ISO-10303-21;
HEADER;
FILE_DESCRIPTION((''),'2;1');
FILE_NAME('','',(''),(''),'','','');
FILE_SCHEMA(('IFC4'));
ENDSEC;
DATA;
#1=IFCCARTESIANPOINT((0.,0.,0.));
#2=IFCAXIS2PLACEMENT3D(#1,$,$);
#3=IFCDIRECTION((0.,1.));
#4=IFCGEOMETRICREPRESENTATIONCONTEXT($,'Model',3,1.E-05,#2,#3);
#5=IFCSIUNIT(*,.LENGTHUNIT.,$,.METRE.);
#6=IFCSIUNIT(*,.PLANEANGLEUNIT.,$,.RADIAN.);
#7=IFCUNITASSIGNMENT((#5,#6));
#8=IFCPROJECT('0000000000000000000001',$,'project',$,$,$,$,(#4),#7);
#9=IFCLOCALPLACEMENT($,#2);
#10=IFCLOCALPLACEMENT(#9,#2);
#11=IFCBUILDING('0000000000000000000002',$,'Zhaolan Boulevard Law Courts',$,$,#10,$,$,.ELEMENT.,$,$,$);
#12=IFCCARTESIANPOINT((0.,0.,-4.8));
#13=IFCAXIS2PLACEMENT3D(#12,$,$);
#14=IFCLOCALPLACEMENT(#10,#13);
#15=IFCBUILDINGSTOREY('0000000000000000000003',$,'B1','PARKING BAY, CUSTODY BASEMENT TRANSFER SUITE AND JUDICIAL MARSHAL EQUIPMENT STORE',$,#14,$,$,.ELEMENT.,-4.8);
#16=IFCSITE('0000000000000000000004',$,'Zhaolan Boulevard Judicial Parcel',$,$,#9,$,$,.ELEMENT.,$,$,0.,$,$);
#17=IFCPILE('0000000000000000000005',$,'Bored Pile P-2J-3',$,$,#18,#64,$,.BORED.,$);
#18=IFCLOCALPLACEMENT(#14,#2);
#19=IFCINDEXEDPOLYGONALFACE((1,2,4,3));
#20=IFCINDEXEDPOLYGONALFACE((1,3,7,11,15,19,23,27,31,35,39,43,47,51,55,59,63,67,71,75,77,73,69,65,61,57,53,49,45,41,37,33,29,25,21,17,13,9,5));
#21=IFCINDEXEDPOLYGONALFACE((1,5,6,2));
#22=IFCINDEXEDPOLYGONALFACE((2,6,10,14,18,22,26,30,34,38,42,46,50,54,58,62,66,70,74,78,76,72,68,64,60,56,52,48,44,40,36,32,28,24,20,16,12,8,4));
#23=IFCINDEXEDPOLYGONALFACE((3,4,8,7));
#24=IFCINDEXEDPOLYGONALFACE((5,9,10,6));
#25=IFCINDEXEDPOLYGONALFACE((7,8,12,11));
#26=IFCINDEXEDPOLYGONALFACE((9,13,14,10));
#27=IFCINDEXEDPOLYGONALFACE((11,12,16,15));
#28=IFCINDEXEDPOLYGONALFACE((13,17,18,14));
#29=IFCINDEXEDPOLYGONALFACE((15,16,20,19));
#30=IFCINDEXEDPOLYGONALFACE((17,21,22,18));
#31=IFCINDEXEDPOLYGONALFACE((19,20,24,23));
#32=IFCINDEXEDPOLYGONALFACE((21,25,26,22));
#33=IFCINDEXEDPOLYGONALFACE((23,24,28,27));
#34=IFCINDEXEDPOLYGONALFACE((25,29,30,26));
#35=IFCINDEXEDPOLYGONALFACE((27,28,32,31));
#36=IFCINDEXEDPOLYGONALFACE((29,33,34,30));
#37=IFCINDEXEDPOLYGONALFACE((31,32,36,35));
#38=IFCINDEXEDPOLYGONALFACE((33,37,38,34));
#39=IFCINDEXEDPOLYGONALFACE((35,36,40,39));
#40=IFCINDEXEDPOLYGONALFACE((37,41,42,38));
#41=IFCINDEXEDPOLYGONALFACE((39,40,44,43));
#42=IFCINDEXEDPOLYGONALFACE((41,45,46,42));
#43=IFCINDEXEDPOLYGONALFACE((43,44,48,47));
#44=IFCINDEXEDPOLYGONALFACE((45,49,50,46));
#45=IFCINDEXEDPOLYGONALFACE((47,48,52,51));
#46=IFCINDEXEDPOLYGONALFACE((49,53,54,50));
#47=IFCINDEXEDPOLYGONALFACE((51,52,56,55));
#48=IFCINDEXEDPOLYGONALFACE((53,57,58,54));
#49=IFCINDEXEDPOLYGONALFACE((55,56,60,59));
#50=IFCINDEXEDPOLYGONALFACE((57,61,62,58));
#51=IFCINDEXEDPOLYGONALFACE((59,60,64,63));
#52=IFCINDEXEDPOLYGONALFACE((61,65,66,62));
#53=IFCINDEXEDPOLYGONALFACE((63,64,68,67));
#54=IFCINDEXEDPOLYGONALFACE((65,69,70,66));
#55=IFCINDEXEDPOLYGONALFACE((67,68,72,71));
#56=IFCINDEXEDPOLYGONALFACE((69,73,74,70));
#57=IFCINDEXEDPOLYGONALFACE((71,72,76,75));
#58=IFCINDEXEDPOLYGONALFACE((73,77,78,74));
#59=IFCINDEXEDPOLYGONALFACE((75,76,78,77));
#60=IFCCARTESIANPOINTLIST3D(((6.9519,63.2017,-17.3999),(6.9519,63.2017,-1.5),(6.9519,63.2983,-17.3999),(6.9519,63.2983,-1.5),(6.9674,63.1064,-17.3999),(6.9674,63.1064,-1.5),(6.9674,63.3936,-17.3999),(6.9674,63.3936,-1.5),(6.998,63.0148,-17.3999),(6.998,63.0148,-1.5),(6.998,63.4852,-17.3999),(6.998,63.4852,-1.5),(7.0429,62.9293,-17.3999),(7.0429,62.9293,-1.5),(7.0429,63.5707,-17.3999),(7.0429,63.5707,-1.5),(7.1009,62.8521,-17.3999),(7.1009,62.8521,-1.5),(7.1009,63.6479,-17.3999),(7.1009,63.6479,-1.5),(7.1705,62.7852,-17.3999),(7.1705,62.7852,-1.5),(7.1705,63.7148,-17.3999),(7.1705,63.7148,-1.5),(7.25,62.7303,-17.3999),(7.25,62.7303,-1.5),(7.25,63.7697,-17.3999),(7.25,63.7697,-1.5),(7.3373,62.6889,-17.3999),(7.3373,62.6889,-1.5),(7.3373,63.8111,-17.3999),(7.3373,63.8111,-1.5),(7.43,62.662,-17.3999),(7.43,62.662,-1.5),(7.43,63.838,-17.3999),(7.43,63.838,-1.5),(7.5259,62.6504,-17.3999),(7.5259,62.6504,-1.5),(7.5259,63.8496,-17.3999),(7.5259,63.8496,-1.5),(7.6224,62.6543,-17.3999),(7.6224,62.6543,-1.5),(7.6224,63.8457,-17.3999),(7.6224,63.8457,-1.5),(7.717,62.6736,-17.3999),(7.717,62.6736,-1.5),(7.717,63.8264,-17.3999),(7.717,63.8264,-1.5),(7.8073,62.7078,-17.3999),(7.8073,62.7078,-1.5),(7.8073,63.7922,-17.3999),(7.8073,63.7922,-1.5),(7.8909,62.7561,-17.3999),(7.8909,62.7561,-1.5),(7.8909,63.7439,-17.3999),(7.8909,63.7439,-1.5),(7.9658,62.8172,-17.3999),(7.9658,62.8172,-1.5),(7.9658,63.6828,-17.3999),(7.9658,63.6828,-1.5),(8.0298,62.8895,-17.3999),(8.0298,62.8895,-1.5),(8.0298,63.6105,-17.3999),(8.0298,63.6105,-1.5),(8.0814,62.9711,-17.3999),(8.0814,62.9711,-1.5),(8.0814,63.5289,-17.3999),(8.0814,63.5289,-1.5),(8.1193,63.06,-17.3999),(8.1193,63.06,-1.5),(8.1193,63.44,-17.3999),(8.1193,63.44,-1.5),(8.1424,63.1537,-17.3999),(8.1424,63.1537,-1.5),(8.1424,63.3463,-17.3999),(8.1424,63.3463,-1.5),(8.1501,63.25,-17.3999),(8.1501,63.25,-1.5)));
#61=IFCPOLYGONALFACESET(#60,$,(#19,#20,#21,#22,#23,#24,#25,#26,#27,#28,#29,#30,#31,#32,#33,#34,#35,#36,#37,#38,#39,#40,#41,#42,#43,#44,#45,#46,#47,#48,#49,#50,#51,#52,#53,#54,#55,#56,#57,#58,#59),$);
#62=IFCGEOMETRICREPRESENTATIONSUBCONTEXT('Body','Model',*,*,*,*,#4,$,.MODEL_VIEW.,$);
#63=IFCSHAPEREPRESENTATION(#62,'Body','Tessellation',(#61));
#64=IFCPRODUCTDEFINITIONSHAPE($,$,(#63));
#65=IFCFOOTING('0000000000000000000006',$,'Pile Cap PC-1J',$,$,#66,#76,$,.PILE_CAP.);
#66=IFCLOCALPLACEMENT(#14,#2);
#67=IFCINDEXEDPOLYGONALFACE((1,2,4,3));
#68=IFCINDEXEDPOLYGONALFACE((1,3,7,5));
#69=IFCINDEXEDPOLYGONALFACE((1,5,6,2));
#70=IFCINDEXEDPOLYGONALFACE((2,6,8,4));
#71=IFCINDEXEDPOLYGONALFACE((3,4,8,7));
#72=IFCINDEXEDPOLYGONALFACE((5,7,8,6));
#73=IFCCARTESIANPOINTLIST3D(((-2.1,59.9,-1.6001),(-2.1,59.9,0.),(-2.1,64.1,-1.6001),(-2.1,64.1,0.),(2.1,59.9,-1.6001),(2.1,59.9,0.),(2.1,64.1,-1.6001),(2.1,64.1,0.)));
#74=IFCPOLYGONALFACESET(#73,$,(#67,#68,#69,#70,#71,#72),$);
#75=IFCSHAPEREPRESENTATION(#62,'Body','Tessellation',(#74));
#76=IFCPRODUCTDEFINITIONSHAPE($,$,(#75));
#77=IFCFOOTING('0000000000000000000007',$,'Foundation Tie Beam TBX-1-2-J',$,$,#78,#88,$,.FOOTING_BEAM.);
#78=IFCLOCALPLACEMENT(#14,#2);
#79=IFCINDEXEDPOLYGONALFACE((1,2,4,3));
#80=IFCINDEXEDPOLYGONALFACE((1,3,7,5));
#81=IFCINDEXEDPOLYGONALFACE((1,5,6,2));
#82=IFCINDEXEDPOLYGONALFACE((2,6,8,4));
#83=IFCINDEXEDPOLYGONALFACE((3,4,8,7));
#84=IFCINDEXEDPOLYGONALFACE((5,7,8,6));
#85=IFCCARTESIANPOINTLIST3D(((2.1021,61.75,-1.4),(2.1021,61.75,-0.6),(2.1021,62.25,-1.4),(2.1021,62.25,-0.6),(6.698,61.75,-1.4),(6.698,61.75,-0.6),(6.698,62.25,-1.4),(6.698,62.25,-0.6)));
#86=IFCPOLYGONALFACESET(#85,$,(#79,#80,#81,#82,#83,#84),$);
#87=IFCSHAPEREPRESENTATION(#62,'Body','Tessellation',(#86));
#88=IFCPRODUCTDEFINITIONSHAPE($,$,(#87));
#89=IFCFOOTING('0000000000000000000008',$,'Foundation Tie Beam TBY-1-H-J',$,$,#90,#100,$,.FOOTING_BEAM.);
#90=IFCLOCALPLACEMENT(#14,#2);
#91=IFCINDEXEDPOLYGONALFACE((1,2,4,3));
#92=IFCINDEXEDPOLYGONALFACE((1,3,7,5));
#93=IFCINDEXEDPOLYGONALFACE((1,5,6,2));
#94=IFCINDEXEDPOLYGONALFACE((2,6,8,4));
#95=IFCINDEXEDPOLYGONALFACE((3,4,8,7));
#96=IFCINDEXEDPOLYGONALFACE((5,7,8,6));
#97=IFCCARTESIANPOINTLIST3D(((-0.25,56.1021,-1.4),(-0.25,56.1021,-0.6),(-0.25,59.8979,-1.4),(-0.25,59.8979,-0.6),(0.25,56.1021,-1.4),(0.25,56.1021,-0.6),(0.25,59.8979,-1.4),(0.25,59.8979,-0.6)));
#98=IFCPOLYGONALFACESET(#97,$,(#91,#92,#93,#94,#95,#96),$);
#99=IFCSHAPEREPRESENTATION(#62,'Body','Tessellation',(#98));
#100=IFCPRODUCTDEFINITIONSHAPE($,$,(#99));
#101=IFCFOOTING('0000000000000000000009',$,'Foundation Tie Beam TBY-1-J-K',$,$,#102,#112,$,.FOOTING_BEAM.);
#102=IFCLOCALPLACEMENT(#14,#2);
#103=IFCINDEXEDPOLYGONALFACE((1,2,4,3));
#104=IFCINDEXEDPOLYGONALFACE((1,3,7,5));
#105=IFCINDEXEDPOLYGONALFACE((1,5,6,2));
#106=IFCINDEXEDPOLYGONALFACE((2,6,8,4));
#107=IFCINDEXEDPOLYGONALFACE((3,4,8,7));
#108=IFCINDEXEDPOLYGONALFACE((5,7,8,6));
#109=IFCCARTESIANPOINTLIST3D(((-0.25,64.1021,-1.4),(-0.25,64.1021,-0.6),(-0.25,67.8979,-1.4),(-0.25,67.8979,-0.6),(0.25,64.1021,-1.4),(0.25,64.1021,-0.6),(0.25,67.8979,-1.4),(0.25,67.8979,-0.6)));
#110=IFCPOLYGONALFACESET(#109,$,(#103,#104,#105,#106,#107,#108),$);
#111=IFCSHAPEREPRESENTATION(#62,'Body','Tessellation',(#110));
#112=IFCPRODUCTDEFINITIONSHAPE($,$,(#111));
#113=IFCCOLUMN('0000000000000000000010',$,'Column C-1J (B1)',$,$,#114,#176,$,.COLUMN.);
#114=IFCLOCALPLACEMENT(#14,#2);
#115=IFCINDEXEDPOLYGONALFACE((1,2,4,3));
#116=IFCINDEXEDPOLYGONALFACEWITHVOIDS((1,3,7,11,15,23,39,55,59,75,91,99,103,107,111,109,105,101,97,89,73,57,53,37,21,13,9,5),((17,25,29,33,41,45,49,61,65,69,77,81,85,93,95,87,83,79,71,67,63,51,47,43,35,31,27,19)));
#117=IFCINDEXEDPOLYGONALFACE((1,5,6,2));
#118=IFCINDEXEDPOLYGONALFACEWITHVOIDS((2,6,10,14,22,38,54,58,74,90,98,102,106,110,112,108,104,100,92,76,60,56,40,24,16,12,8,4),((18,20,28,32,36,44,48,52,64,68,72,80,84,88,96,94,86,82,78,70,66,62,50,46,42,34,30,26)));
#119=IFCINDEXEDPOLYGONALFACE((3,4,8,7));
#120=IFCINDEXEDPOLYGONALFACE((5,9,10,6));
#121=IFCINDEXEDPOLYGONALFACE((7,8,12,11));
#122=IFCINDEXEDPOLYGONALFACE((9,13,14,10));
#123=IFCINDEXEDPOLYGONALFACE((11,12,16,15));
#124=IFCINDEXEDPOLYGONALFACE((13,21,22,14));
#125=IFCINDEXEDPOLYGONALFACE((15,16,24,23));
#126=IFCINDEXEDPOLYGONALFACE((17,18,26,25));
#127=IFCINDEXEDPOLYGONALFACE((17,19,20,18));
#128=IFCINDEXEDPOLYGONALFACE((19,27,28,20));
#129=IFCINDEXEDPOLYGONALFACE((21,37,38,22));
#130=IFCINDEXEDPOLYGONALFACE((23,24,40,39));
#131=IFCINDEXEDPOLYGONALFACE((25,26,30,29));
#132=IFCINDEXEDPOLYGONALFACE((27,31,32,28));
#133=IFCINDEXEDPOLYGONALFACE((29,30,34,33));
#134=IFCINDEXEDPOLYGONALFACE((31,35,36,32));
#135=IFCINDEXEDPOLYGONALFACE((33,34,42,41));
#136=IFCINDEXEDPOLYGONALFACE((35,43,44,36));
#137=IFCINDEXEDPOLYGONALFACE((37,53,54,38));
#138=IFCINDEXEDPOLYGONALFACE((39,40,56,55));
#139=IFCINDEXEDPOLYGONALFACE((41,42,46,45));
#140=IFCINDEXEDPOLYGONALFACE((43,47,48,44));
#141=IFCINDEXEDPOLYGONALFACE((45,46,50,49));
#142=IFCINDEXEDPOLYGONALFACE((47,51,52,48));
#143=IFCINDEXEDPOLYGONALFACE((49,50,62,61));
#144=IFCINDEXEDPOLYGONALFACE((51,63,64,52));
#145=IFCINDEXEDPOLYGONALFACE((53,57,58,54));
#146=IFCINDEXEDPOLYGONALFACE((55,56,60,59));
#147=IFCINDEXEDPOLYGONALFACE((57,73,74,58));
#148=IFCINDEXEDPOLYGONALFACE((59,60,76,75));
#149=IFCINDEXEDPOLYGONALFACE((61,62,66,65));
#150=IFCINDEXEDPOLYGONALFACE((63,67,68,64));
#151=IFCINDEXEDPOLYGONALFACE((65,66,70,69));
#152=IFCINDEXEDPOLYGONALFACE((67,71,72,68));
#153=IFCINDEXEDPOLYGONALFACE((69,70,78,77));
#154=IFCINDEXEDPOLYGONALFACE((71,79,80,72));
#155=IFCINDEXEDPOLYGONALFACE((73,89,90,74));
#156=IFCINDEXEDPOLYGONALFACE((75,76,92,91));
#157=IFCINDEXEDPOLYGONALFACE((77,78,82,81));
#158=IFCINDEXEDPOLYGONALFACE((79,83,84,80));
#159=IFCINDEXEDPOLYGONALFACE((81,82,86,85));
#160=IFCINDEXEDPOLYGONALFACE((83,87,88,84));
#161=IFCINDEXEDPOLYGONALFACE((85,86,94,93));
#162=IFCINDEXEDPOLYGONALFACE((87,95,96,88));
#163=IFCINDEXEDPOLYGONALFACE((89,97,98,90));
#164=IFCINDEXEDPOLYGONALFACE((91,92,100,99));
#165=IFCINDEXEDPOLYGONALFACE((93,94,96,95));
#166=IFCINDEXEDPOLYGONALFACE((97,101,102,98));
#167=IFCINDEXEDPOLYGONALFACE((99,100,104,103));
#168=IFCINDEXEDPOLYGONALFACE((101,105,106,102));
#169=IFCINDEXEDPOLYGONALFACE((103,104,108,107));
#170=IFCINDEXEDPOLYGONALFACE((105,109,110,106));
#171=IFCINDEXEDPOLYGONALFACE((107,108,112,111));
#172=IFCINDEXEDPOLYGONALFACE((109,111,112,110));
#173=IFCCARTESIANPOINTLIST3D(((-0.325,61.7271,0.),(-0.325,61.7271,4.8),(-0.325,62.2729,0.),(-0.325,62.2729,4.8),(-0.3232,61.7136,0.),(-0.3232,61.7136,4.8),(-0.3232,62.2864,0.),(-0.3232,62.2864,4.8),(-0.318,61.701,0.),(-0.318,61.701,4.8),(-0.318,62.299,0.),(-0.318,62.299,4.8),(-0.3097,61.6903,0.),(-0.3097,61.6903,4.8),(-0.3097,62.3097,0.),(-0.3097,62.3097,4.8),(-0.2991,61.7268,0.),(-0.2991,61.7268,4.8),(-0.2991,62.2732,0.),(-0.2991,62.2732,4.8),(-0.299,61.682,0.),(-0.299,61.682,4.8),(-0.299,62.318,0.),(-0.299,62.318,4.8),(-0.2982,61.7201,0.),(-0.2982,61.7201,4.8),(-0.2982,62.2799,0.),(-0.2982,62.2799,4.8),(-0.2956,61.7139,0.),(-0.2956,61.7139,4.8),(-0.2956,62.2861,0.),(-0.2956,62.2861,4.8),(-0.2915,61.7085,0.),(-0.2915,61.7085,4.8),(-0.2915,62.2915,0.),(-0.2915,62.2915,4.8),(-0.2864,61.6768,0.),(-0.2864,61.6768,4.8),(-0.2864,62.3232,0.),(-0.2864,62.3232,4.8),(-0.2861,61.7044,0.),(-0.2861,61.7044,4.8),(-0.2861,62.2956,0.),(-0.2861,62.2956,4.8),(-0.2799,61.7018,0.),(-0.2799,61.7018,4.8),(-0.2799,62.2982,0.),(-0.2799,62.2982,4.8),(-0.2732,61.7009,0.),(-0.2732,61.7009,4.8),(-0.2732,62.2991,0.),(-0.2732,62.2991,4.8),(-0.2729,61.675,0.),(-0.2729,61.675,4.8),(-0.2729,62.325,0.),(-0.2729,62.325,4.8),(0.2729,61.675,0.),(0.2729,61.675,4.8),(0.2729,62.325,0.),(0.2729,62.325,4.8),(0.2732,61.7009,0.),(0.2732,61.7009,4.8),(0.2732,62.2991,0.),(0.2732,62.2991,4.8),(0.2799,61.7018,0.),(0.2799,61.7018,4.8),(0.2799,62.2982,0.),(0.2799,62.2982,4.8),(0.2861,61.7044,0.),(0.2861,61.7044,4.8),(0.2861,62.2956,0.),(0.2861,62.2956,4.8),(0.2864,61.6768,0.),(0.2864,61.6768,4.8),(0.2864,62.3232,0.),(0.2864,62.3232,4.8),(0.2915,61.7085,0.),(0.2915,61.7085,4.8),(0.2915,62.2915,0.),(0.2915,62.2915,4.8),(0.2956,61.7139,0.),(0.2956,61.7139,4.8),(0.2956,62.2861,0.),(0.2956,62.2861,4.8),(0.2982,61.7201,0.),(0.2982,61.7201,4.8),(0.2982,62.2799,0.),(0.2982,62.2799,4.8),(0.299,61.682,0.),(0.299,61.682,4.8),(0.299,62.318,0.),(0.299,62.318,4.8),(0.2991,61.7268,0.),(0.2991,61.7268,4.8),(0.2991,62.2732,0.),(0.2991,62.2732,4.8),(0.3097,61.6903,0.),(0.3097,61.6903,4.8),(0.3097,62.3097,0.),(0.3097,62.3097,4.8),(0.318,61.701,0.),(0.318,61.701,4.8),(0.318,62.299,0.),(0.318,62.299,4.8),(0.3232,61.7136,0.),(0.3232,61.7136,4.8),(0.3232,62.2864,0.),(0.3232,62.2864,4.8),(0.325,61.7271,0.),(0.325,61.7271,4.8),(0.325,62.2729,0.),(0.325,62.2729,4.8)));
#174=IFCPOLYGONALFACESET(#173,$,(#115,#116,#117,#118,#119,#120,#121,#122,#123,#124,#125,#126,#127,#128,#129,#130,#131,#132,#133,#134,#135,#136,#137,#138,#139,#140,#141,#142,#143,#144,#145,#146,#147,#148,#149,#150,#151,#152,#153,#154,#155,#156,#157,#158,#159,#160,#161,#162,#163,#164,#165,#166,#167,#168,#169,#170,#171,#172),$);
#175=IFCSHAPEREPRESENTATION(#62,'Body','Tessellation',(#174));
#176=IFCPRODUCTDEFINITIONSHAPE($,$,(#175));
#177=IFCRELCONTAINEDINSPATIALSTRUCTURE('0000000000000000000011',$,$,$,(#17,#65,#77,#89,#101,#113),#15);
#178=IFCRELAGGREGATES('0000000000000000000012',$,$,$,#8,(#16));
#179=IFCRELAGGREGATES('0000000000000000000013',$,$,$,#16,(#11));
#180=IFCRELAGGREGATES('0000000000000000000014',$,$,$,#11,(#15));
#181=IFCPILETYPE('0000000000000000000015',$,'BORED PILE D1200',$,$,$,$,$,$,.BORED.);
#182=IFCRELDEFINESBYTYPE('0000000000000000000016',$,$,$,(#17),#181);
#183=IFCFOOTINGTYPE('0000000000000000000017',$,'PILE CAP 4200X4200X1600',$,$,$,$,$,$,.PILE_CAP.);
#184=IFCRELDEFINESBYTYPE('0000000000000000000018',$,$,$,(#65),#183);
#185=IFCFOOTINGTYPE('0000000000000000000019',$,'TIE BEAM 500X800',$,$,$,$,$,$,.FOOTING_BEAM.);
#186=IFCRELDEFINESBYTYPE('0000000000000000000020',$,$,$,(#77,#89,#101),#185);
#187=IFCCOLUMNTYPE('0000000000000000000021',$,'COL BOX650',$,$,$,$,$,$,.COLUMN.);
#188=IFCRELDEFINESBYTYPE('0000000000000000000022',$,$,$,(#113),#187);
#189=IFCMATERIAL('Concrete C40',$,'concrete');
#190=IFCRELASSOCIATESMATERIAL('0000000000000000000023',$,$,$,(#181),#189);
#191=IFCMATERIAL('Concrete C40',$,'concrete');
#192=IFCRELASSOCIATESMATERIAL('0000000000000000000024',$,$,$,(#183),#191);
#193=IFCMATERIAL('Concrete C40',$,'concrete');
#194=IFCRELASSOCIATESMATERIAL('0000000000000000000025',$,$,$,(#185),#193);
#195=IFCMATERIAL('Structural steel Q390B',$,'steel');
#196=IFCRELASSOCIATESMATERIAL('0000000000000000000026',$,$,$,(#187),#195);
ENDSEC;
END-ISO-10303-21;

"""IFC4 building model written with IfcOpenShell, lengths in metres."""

from ifc_helpers import new_model, si_unit, direction, frame, origin, origin_2d, place, context, subcontext, project, spatial, rectangle, hollow_rectangle, circle, extrude, material, material_profile, profile_set, type_object, element, save


model = new_model("IFC4")

# Units and contexts
model_context = context("Model", 3, precision=1e-05, world=origin(), true_north=direction((0.0, 1.0)))
body_context = subcontext(model_context, "Body", "Model", "MODEL_VIEW")
ifc_project = project(units=[si_unit("LENGTHUNIT", "METRE"), si_unit("PLANEANGLEUNIT", "RADIAN")], contexts=[model_context])

# Site, building, storey
site_placement = place(None, origin())
site = spatial("IfcSite", under=ifc_project, at=site_placement, Name="Zhaolan Boulevard Judicial Parcel", CompositionType="ELEMENT", RefElevation=0.0)
building_placement = place(site_placement, origin())
building = spatial("IfcBuilding", under=site, at=building_placement, Name="Zhaolan Boulevard Law Courts", CompositionType="ELEMENT")
storey_placement = place(building_placement, frame((0.0, 0.0, -4.8)))
storey = spatial("IfcBuildingStorey", under=building, at=storey_placement, Name="B1", Description="PARKING BAY, CUSTODY BASEMENT TRANSFER SUITE AND JUDICIAL MARSHAL EQUIPMENT STORE", CompositionType="ELEMENT", Elevation=-4.8)

# Pile
ifc_material_1 = material(Name="Concrete C40", Category="concrete")
ifc_material_profile_1 = material_profile(ifc_material_1, circle(Radius=0.6001, at=origin_2d()), Name="PILE-D1200")
ifc_profile_set_1 = profile_set([ifc_material_profile_1], Name="Concrete C40")
pile_type = type_object("IfcPileType", Name="BORED PILE D1200", PredefinedType="BORED", material=ifc_profile_set_1)
for number, where, z_axis, x_axis, name in (
    (1, (7.55, 63.25, -1.5), (0.0, 0.0, -1.0), (1.0, 0.0, 0.0), "Bored Pile P-2J-3"),
):
    element("IfcPile", number, at=place(storey_placement, frame(where, z_axis=z_axis, x_axis=x_axis)), inside=storey, type_object=pile_type, Name=name, PredefinedType="BORED", context=body_context, shape_type="SweptSolid", body=[
        extrude(circle(Radius=0.6001, at=origin_2d()), origin(), (0.0, 0.0, 1.0), 15.8999),
    ])

# Footings
ifc_material_2 = material(Name="Concrete C40", Category="concrete")
footing_type_1 = type_object("IfcFootingType", Name="PILE CAP 4200X4200X1600", PredefinedType="PILE_CAP", material=ifc_material_2)
footing_1_placement = place(storey_placement, frame((0.0, 62.0, -1.6001), z_axis=(0.0, 0.0, 1.0), x_axis=(1.0, 0.0, 0.0)))
element("IfcFooting", 2, at=footing_1_placement, inside=storey, type_object=footing_type_1, Name="Pile Cap PC-1J", PredefinedType="PILE_CAP", context=body_context, shape_type="SweptSolid", body=[
    extrude(rectangle(XDim=4.2, YDim=4.2, at=origin_2d()), origin(), (0.0, 0.0, 1.0), 1.6001),
])
ifc_material_3 = material(Name="Concrete C40", Category="concrete")
ifc_material_profile_2 = material_profile(ifc_material_3, rectangle(XDim=0.5, YDim=0.8, at=origin_2d()), Name="RC500x800")
ifc_profile_set_2 = profile_set([ifc_material_profile_2], Name="Concrete C40")
footing_type_2 = type_object("IfcFootingType", Name="TIE BEAM 500X800", PredefinedType="FOOTING_BEAM", material=ifc_profile_set_2)
footing_2_placement = place(storey_placement, frame((2.1021, 62.0, -1.0), z_axis=(1.0, 0.0, 0.0), x_axis=(0.0, 1.0, 0.0)))
element("IfcFooting", 3, at=footing_2_placement, inside=storey, type_object=footing_type_2, Name="Foundation Tie Beam TBX-1-2-J", PredefinedType="FOOTING_BEAM", context=body_context, shape_type="SweptSolid", body=[
    extrude(rectangle(XDim=0.5, YDim=0.8, at=origin_2d()), origin(), (0.0, 0.0, 1.0), 4.5959),
])
for number, where, z_axis, x_axis, name in (
    (4, (0.0, 56.1021, -1.0), (0.0, 1.0, 0.0), (-1.0, 0.0, 0.0), "Foundation Tie Beam TBY-1-H-J"),
    (5, (0.0, 64.1021, -1.0), (0.0, 1.0, 0.0), (-1.0, 0.0, 0.0), "Foundation Tie Beam TBY-1-J-K"),
):
    element("IfcFooting", number, at=place(storey_placement, frame(where, z_axis=z_axis, x_axis=x_axis)), inside=storey, type_object=footing_type_2, Name=name, PredefinedType="FOOTING_BEAM", context=body_context, shape_type="SweptSolid", body=[
        extrude(rectangle(XDim=0.5, YDim=0.8, at=origin_2d()), origin(), (0.0, 0.0, 1.0), 3.7959),
    ])

# Column
ifc_material_4 = material(Name="Structural steel Q390B", Category="steel")
ifc_material_profile_3 = material_profile(ifc_material_4, hollow_rectangle(XDim=0.6499, YDim=0.6499, WallThickness=0.0259, InnerFilletRadius=0.0259, OuterFilletRadius=0.052, at=origin_2d()), Name="BOX650x650x26")
ifc_profile_set_3 = profile_set([ifc_material_profile_3], Name="Structural steel Q390B")
column_type = type_object("IfcColumnType", Name="COL BOX650", PredefinedType="COLUMN", material=ifc_profile_set_3)
column_placement = place(storey_placement, frame((0.0, 62.0, 0.0), z_axis=(0.0, 0.0, 1.0), x_axis=(1.0, 0.0, 0.0)))
element("IfcColumn", 6, at=column_placement, inside=storey, type_object=column_type, Name="Column C-1J (B1)", PredefinedType="COLUMN", context=body_context, shape_type="SweptSolid", body=[
    extrude(hollow_rectangle(XDim=0.6499, YDim=0.6499, WallThickness=0.0259, InnerFilletRadius=0.0259, OuterFilletRadius=0.052, at=origin_2d()), origin(), (0.0, 0.0, 1.0), 4.8),
])

save(model, "model.ifc")
